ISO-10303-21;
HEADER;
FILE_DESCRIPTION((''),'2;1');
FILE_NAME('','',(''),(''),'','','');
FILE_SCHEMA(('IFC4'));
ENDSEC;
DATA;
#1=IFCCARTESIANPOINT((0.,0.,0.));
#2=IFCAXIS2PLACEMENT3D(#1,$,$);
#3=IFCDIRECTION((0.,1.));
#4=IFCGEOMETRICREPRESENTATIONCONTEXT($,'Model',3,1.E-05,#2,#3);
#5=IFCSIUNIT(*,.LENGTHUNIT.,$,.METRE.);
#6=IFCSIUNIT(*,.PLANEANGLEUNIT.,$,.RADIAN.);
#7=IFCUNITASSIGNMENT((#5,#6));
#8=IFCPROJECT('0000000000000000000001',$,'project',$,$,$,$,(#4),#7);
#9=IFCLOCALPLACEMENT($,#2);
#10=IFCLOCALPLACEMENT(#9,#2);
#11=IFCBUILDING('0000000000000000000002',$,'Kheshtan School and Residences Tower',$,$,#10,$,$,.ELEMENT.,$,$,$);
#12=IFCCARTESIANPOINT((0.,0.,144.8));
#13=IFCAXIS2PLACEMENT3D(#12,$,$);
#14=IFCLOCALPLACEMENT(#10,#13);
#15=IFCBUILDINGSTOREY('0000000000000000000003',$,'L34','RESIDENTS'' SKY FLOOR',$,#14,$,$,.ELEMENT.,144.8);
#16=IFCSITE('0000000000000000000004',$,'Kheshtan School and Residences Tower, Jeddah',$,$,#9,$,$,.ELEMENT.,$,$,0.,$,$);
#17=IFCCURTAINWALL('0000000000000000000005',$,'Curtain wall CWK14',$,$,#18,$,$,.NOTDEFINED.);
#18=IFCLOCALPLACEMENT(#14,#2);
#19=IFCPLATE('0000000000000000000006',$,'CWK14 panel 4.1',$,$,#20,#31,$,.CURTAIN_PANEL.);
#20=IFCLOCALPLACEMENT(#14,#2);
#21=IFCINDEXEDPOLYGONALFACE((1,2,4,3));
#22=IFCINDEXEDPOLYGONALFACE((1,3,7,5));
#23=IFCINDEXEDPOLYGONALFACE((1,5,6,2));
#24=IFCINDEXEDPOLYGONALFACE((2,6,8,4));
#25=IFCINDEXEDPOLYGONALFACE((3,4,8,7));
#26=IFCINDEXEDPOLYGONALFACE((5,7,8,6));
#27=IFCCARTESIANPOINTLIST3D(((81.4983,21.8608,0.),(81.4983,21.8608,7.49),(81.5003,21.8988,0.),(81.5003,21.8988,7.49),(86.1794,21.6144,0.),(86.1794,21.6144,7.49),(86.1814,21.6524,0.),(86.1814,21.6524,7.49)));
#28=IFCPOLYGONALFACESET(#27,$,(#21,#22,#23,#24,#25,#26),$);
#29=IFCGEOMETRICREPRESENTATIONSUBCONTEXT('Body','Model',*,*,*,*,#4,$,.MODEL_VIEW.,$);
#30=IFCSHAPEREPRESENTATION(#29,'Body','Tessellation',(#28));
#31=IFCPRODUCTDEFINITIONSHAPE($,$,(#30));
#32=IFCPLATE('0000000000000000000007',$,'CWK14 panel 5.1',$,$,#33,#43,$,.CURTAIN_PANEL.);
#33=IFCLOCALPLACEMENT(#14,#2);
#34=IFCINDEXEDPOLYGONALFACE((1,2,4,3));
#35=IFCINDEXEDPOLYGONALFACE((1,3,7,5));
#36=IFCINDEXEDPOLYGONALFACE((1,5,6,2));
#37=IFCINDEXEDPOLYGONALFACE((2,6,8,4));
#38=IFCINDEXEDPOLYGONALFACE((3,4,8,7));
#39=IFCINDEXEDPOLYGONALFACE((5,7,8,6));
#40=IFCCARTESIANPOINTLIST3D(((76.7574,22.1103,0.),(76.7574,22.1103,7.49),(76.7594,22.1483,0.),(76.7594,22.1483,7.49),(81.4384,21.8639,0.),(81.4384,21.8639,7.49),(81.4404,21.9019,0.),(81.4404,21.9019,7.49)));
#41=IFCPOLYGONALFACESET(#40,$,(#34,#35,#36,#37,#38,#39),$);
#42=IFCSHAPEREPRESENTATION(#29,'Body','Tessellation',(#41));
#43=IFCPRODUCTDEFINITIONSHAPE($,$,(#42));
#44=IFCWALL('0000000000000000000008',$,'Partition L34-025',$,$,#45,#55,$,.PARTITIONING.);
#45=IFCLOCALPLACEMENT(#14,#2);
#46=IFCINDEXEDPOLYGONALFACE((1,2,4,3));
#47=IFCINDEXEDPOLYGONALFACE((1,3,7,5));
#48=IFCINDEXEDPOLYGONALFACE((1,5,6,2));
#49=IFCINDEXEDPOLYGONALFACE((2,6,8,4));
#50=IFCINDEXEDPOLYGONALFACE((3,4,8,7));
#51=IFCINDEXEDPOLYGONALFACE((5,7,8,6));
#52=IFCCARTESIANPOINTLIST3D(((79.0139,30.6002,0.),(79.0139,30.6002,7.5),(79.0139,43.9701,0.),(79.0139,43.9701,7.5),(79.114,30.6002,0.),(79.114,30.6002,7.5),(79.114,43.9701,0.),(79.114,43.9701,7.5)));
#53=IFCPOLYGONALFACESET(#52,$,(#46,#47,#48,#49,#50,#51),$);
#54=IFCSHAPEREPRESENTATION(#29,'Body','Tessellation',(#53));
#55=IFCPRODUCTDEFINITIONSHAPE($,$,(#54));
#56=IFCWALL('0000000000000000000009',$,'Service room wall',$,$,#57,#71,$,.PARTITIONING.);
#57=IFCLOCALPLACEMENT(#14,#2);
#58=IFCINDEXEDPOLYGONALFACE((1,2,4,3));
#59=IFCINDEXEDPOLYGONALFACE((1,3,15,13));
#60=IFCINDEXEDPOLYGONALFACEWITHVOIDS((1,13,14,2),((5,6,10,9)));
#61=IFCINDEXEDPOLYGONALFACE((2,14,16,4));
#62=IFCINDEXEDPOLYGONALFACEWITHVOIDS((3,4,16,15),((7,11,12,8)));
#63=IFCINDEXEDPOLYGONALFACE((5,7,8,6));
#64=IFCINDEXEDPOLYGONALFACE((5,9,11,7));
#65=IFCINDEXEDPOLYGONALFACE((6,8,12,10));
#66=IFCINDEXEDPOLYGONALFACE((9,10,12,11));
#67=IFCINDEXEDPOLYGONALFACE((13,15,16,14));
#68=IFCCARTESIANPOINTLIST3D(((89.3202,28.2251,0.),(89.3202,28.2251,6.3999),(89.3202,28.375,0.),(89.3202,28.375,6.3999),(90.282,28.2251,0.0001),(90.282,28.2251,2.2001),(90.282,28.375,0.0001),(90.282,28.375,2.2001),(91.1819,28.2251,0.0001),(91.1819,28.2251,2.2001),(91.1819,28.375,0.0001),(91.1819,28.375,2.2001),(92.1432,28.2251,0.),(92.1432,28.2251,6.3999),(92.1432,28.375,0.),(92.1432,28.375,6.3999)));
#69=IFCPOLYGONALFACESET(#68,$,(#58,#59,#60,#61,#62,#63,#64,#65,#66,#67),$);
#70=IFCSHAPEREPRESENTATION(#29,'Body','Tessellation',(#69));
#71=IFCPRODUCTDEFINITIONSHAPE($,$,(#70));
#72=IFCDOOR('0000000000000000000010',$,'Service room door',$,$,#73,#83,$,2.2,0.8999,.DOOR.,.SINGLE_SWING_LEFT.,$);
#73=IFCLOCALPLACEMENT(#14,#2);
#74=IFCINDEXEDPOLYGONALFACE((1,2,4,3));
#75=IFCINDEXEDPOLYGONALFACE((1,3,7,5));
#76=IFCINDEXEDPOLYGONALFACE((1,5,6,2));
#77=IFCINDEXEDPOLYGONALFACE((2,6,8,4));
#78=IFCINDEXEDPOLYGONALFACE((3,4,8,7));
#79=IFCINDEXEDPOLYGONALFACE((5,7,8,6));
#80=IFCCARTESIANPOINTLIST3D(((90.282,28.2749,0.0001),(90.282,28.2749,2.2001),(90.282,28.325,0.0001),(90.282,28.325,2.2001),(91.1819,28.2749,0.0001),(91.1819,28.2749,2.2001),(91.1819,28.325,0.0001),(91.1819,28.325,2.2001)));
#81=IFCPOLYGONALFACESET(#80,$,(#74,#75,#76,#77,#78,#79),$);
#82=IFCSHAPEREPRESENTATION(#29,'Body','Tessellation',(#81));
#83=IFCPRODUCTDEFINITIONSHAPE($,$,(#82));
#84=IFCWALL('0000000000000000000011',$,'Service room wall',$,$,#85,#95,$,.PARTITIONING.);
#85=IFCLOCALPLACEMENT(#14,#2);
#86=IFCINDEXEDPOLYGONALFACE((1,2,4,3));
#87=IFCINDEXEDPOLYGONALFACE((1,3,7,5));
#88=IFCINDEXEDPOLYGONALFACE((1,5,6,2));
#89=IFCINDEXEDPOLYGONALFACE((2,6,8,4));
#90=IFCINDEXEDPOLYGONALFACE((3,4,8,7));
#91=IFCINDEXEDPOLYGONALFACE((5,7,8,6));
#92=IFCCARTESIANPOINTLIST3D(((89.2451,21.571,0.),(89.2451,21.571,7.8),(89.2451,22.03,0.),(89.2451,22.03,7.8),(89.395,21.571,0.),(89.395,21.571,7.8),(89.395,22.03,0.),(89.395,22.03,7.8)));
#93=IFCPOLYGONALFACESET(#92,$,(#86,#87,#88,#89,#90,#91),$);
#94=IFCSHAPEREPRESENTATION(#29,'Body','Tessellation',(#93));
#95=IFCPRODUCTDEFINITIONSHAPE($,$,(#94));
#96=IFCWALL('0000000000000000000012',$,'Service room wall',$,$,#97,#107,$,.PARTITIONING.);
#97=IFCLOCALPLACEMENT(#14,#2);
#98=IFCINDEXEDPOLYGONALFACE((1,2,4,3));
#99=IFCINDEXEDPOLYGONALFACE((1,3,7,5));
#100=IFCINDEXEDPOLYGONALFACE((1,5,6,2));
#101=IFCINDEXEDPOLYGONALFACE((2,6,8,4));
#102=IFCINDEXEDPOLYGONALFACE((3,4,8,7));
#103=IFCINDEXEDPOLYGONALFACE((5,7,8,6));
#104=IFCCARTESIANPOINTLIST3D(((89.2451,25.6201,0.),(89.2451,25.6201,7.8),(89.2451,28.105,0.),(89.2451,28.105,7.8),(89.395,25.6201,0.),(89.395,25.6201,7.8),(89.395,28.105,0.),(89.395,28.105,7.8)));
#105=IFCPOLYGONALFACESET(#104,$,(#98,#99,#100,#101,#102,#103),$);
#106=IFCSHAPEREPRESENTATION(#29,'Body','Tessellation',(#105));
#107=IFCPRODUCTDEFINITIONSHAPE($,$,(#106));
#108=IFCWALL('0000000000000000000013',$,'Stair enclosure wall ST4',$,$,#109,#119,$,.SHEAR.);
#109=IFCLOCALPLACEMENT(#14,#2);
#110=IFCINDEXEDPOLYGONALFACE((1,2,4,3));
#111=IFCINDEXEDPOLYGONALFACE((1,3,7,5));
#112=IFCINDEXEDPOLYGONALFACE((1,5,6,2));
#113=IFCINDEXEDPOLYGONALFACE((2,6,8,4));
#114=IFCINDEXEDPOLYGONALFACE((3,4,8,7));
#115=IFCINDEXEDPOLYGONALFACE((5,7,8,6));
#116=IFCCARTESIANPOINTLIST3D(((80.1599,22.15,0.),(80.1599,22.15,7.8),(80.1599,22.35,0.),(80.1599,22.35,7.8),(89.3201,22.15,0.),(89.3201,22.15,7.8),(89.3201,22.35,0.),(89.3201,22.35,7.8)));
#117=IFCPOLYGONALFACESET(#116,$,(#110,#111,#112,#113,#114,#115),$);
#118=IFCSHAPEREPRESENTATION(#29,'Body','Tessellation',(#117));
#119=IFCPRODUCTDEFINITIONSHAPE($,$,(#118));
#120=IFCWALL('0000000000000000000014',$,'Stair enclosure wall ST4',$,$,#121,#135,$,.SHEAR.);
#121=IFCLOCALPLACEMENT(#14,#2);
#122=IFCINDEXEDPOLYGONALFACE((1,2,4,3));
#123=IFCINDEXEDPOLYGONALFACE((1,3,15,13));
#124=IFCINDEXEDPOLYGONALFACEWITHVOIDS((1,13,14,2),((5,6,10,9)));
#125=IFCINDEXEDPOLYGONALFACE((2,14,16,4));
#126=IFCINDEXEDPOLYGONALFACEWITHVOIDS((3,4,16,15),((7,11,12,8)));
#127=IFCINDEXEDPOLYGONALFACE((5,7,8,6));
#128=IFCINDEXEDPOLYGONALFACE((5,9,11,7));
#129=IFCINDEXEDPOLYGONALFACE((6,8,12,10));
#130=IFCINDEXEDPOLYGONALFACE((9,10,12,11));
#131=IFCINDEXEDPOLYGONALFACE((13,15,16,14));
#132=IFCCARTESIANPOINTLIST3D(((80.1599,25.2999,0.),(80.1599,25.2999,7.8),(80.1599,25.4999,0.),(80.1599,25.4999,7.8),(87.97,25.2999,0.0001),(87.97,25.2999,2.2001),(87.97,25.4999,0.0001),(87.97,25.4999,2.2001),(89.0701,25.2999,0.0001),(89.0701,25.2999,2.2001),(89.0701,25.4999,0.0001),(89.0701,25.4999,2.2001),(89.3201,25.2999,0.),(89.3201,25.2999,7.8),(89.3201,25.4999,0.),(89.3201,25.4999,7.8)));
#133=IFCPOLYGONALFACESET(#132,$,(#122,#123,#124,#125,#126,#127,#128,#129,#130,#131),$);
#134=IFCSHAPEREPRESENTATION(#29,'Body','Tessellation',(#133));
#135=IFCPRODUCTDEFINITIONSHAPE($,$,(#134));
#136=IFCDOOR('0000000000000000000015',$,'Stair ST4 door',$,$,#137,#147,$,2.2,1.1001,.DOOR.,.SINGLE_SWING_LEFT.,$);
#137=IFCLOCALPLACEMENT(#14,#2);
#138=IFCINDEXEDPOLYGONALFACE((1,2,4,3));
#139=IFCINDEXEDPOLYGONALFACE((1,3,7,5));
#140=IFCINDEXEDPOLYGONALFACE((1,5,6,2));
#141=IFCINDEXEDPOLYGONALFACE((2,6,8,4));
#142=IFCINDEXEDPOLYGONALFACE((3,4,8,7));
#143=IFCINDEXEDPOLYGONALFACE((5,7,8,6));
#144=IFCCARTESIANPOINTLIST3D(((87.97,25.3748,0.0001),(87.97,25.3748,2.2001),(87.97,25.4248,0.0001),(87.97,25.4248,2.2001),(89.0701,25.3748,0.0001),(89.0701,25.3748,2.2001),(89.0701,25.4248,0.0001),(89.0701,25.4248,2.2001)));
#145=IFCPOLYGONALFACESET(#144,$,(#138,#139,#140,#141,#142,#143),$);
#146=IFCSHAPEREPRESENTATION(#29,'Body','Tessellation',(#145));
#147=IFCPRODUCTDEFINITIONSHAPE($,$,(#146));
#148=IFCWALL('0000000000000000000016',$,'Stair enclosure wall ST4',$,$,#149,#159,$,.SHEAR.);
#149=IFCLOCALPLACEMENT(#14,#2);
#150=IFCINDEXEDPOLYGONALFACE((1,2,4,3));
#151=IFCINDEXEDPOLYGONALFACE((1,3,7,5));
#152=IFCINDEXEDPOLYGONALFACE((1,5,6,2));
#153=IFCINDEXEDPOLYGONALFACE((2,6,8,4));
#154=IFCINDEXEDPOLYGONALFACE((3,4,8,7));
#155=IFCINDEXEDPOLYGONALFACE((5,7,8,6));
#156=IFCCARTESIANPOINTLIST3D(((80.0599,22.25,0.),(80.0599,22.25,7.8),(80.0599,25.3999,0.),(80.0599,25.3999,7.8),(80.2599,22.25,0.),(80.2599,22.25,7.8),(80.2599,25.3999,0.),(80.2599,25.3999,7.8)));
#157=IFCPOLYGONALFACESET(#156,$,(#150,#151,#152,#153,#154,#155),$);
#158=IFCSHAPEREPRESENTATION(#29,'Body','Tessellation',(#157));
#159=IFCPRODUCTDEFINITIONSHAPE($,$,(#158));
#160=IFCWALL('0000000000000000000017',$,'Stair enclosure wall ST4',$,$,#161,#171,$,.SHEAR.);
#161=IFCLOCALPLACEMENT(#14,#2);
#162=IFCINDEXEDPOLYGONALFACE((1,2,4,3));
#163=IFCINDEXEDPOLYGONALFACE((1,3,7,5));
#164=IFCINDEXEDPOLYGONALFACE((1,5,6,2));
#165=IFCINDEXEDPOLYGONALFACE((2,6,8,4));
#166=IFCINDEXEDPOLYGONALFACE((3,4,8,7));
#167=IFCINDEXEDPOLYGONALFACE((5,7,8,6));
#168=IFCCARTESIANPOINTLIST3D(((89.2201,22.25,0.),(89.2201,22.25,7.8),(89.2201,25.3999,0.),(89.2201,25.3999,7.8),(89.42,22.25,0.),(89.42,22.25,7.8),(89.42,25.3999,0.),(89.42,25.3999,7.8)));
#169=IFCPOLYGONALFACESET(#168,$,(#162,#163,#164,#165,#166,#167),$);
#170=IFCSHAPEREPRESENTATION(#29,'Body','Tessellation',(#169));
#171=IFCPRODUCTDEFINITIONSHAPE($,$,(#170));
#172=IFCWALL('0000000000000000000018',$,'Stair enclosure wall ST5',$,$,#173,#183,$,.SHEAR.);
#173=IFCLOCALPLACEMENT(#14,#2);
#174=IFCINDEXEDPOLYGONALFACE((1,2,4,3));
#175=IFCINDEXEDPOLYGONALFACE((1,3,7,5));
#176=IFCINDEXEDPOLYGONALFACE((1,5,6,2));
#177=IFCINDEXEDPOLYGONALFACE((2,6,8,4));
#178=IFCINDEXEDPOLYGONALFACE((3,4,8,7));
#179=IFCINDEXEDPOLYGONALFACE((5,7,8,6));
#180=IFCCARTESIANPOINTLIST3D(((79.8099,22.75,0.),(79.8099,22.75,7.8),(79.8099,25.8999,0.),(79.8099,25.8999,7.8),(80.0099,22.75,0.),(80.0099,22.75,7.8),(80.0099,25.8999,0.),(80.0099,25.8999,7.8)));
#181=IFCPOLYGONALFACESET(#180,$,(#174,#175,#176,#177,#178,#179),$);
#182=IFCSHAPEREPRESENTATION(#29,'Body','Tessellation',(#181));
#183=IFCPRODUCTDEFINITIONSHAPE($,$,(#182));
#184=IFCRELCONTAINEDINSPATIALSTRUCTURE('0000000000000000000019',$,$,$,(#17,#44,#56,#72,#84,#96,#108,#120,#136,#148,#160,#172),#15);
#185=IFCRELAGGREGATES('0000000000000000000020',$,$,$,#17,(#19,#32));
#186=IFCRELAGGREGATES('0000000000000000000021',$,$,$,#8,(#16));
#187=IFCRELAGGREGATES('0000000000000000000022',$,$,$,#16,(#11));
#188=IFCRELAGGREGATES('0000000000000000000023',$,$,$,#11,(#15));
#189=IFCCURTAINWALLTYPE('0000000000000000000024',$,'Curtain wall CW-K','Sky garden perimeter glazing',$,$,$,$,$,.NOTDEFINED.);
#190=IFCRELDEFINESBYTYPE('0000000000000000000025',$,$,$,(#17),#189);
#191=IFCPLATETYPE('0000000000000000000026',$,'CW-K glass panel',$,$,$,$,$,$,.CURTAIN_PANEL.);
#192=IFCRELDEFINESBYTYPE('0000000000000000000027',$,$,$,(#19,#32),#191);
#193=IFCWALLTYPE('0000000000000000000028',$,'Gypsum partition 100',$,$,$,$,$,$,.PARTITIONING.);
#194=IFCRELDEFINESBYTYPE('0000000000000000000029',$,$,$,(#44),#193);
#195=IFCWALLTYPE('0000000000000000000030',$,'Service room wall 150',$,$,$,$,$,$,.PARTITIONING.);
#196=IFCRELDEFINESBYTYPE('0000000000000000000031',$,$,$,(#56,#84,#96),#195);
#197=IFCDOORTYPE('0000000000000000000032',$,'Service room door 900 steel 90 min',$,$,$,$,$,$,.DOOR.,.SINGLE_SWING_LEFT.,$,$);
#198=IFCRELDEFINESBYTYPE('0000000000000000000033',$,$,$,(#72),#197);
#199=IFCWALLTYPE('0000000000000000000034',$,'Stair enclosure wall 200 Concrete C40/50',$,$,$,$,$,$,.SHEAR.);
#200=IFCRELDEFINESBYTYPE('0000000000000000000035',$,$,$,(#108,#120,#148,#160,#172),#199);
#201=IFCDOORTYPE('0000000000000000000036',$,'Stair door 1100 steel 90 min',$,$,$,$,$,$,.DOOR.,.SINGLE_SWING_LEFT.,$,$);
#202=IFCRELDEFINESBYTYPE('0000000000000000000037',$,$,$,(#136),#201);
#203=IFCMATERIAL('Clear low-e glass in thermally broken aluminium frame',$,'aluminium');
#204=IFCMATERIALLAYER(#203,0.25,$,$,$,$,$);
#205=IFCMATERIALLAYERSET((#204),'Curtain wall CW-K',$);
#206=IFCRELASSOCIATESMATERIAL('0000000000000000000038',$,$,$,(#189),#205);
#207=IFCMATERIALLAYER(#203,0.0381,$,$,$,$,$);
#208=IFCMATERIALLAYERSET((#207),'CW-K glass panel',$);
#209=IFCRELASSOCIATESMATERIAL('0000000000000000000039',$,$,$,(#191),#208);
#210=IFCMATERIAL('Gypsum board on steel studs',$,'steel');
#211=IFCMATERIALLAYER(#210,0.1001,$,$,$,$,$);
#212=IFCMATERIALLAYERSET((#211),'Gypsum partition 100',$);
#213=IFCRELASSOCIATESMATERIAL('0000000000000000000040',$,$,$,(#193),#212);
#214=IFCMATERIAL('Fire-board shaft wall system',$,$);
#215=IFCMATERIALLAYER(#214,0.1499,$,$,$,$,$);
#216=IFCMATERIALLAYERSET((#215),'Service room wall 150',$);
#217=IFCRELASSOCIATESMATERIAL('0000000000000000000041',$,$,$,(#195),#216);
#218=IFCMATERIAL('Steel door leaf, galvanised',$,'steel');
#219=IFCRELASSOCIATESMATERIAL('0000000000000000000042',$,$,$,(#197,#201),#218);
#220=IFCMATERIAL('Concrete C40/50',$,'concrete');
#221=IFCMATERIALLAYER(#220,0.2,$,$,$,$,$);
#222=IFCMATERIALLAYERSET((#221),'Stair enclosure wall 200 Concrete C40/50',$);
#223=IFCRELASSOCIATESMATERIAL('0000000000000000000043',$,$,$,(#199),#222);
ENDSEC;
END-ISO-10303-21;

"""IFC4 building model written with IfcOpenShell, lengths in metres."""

from ifc_helpers import new_model, si_unit, direction, frame, frame_2d, origin, origin_2d, place, context, subcontext, project, spatial, rectangle, extrude, source, transform, mapped, material, layer, layer_set, type_object, element, fill, aggregate, save


model = new_model("IFC4")

# Units and contexts
model_context = context("Model", 3, precision=1e-05, world=origin(), true_north=direction((0.0, 1.0)))
body_context = subcontext(model_context, "Body", "Model", "MODEL_VIEW")
ifc_project = project(units=[si_unit("LENGTHUNIT", "METRE"), si_unit("PLANEANGLEUNIT", "RADIAN")], contexts=[model_context])

# Site, building, storey
site_placement = place(None, origin())
site = spatial("IfcSite", under=ifc_project, at=site_placement, Name="Kheshtan School and Residences Tower, Jeddah", CompositionType="ELEMENT", RefElevation=0.0)
building_placement = place(site_placement, origin())
building = spatial("IfcBuilding", under=site, at=building_placement, Name="Kheshtan School and Residences Tower", CompositionType="ELEMENT")
storey_placement = place(building_placement, frame((0.0, 0.0, 144.8)))
storey = spatial("IfcBuildingStorey", under=building, at=storey_placement, Name="L34", Description="RESIDENTS' SKY FLOOR", CompositionType="ELEMENT", Elevation=144.8)

# Curtain wall, plates
ifc_material_1 = material(Name="Clear low-e glass in thermally broken aluminium frame", Category="aluminium")
ifc_layer_1 = layer(ifc_material_1, 0.25)
ifc_layer_set_1 = layer_set([ifc_layer_1], Name="Curtain wall CW-K")
curtain_wall_type = type_object("IfcCurtainWallType", Name="Curtain wall CW-K", Description="Sky garden perimeter glazing", PredefinedType="NOTDEFINED", material=ifc_layer_set_1)
curtain_wall_placement = place(storey_placement, origin())
curtain_wall = element("IfcCurtainWall", 1, at=curtain_wall_placement, inside=storey, type_object=curtain_wall_type, Name="Curtain wall CWK14", PredefinedType="NOTDEFINED")
ifc_layer_2 = layer(ifc_material_1, 0.0381)
ifc_layer_set_2 = layer_set([ifc_layer_2], Name="CW-K glass panel")
plate_type = type_object("IfcPlateType", Name="CW-K glass panel", PredefinedType="CURTAIN_PANEL", material=ifc_layer_set_2)
plate_1_placement = place(storey_placement, frame((83.8398, 21.7566, 0.0), z_axis=(0.0, 0.0, 1.0), x_axis=(-0.998617, 0.05257, 0.0)))
plate_1 = element("IfcPlate", 2, at=plate_1_placement, type_object=plate_type, Name="CWK14 panel 4.1", PredefinedType="CURTAIN_PANEL", context=body_context, shape_type="SweptSolid", body=[
    extrude(rectangle(XDim=4.6875, YDim=0.0381, at=origin_2d()), origin(), (0.0, 0.0, 1.0), 7.49),
])
plate_2_placement = place(storey_placement, frame((79.0989, 22.0061, 0.0), z_axis=(0.0, 0.0, 1.0), x_axis=(-0.998617, 0.05257, 0.0)))
plate_2 = element("IfcPlate", 3, at=plate_2_placement, type_object=plate_type, Name="CWK14 panel 5.1", PredefinedType="CURTAIN_PANEL", context=body_context, shape_type="SweptSolid", body=[
    extrude(rectangle(XDim=4.6875, YDim=0.0381, at=origin_2d()), origin(), (0.0, 0.0, 1.0), 7.49),
])
aggregate(curtain_wall, [plate_1, plate_2])

# Wall
ifc_material_2 = material(Name="Gypsum board on steel studs", Category="steel")
ifc_layer_3 = layer(ifc_material_2, 0.1001)
ifc_layer_set_3 = layer_set([ifc_layer_3], Name="Gypsum partition 100")
wall_type_1 = type_object("IfcWallType", Name="Gypsum partition 100", PredefinedType="PARTITIONING", material=ifc_layer_set_3)
wall_1_placement = place(storey_placement, frame((79.064, 30.6001, 0.0), z_axis=(0.0, 0.0, 1.0), x_axis=(0.0, 1.0, 0.0)))
element("IfcWall", 4, at=wall_1_placement, inside=storey, type_object=wall_type_1, Name="Partition L34-025", PredefinedType="PARTITIONING", context=body_context, shape_type="SweptSolid", body=[
    extrude(rectangle(XDim=13.3699, YDim=0.1001, at=frame_2d((6.6851, 0.0))), origin(), (0.0, 0.0, 1.0), 7.5),
])

# Wall, opening, door
ifc_material_3 = material(Name="Fire-board shaft wall system")
ifc_layer_4 = layer(ifc_material_3, 0.1499)
ifc_layer_set_4 = layer_set([ifc_layer_4], Name="Service room wall 150")
wall_type_2 = type_object("IfcWallType", Name="Service room wall 150", PredefinedType="PARTITIONING", material=ifc_layer_set_4)
wall_2_placement = place(storey_placement, frame((89.3201, 28.3, 0.0), z_axis=(0.0, 0.0, 1.0), x_axis=(1.0, 0.0, 0.0)))
wall_2 = element("IfcWall", 5, at=wall_2_placement, inside=storey, type_object=wall_type_2, Name="Service room wall", PredefinedType="PARTITIONING", context=body_context, shape_type="SweptSolid", body=[
    extrude(rectangle(XDim=2.823, YDim=0.1499, at=frame_2d((1.4116, 0.0))), origin(), (0.0, 0.0, 1.0), 6.3999),
])
opening_1_placement = place(wall_2_placement, frame((0.9619, 0.0, 0.0)))
opening_1 = element("IfcOpeningElement", 6, at=opening_1_placement, cuts=wall_2, PredefinedType="OPENING", context=body_context, shape_type="SweptSolid", body=[
    extrude(rectangle(XDim=0.8999, YDim=2.2, at=frame_2d((0.45, 1.1001))), frame((0.0, 0.085, 0.0), z_axis=(0.0, -1.0, 0.0), x_axis=(1.0, 0.0, 0.0)), (0.0, 0.0, 1.0), 0.1699),
])
ifc_material_4 = material(Name="Steel door leaf, galvanised", Category="steel")
door_type_1 = type_object("IfcDoorType", Name="Service room door 900 steel 90 min", OperationType="SINGLE_SWING_LEFT", PredefinedType="DOOR", material=ifc_material_4)
shared_shape_1 = source(origin(), body_context, "Body", "SweptSolid", [
    extrude(rectangle(XDim=0.8999, YDim=2.2, at=frame_2d((0.45, 1.1001))), frame((0.0, 0.0249, 0.0), z_axis=(0.0, -1.0, 0.0), x_axis=(1.0, 0.0, 0.0)), (0.0, 0.0, 1.0), 0.05),
])
door_1_placement = place(opening_1_placement, origin())
door_1 = element("IfcDoor", 7, at=door_1_placement, inside=storey, type_object=door_type_1, Name="Service room door", OperationType="SINGLE_SWING_LEFT", OverallHeight=2.2, OverallWidth=0.8999, PredefinedType="DOOR", context=body_context, shape_type="MappedRepresentation", body=[
    mapped(shared_shape_1, transform((0.0, 0.0, 0.0), x_axis=(1.0, 0.0, 0.0), y_axis=(0.0, 1.0, 0.0), z_axis=(0.0, 0.0, 1.0), scale=1.0)),
])
fill(opening_1, door_1)

# Walls
wall_3_placement = place(storey_placement, frame((89.3201, 21.571, 0.0), z_axis=(0.0, 0.0, 1.0), x_axis=(0.0, 1.0, 0.0)))
element("IfcWall", 8, at=wall_3_placement, inside=storey, type_object=wall_type_2, Name="Service room wall", PredefinedType="PARTITIONING", context=body_context, shape_type="SweptSolid", body=[
    extrude(rectangle(XDim=0.459, YDim=0.1499, at=frame_2d((0.2295, 0.0))), origin(), (0.0, 0.0, 1.0), 7.8),
])
wall_4_placement = place(storey_placement, frame((89.3201, 25.6201, 0.0), z_axis=(0.0, 0.0, 1.0), x_axis=(0.0, 1.0, 0.0)))
element("IfcWall", 9, at=wall_4_placement, inside=storey, type_object=wall_type_2, Name="Service room wall", PredefinedType="PARTITIONING", context=body_context, shape_type="SweptSolid", body=[
    extrude(rectangle(XDim=2.4849, YDim=0.1499, at=frame_2d((1.2424, 0.0))), origin(), (0.0, 0.0, 1.0), 7.8),
])
ifc_material_5 = material(Name="Concrete C40/50", Category="concrete")
ifc_layer_5 = layer(ifc_material_5, 0.2)
ifc_layer_set_5 = layer_set([ifc_layer_5], Name="Stair enclosure wall 200 Concrete C40/50")
wall_type_3 = type_object("IfcWallType", Name="Stair enclosure wall 200 Concrete C40/50", PredefinedType="SHEAR", material=ifc_layer_set_5)
wall_5_placement = place(storey_placement, frame((80.1599, 22.25, 0.0), z_axis=(0.0, 0.0, 1.0), x_axis=(1.0, 0.0, 0.0)))
element("IfcWall", 10, at=wall_5_placement, inside=storey, type_object=wall_type_3, Name="Stair enclosure wall ST4", PredefinedType="SHEAR", context=body_context, shape_type="SweptSolid", body=[
    extrude(rectangle(XDim=9.1602, YDim=0.2, at=frame_2d((4.5801, 0.0))), origin(), (0.0, 0.0, 1.0), 7.8),
])

# Wall, opening, door
wall_6_placement = place(storey_placement, frame((80.1599, 25.3999, 0.0), z_axis=(0.0, 0.0, 1.0), x_axis=(1.0, 0.0, 0.0)))
wall_6 = element("IfcWall", 11, at=wall_6_placement, inside=storey, type_object=wall_type_3, Name="Stair enclosure wall ST4", PredefinedType="SHEAR", context=body_context, shape_type="SweptSolid", body=[
    extrude(rectangle(XDim=9.1602, YDim=0.2, at=frame_2d((4.5801, 0.0))), origin(), (0.0, 0.0, 1.0), 7.8),
])
opening_2_placement = place(wall_6_placement, frame((7.8101, 0.0, 0.0)))
opening_2 = element("IfcOpeningElement", 12, at=opening_2_placement, cuts=wall_6, PredefinedType="OPENING", context=body_context, shape_type="SweptSolid", body=[
    extrude(rectangle(XDim=1.1001, YDim=2.2, at=frame_2d((0.55, 1.1001))), frame((0.0, 0.1099, 0.0), z_axis=(0.0, -1.0, 0.0), x_axis=(1.0, 0.0, 0.0)), (0.0, 0.0, 1.0), 0.22),
])
door_type_2 = type_object("IfcDoorType", Name="Stair door 1100 steel 90 min", OperationType="SINGLE_SWING_LEFT", PredefinedType="DOOR", material=ifc_material_4)
shared_shape_2 = source(origin(), body_context, "Body", "SweptSolid", [
    extrude(rectangle(XDim=1.1001, YDim=2.2, at=frame_2d((0.55, 1.1001))), frame((0.0, 0.0249, 0.0), z_axis=(0.0, -1.0, 0.0), x_axis=(1.0, 0.0, 0.0)), (0.0, 0.0, 1.0), 0.05),
])
door_2_placement = place(opening_2_placement, origin())
door_2 = element("IfcDoor", 13, at=door_2_placement, inside=storey, type_object=door_type_2, Name="Stair ST4 door", OperationType="SINGLE_SWING_LEFT", OverallHeight=2.2, OverallWidth=1.1001, PredefinedType="DOOR", context=body_context, shape_type="MappedRepresentation", body=[
    mapped(shared_shape_2, transform((0.0, 0.0, 0.0), x_axis=(1.0, 0.0, 0.0), y_axis=(0.0, 1.0, 0.0), z_axis=(0.0, 0.0, 1.0), scale=1.0)),
])
fill(opening_2, door_2)

# Walls
for number, where, z_axis, x_axis, name in (
    (14, (80.1599, 22.25, 0.0), (0.0, 0.0, 1.0), (0.0, 1.0, 0.0), "Stair enclosure wall ST4"),
    (15, (89.3201, 22.25, 0.0), (0.0, 0.0, 1.0), (0.0, 1.0, 0.0), "Stair enclosure wall ST4"),
    (16, (79.9099, 22.75, 0.0), (0.0, 0.0, 1.0), (0.0, 1.0, 0.0), "Stair enclosure wall ST5"),
):
    element("IfcWall", number, at=place(storey_placement, frame(where, z_axis=z_axis, x_axis=x_axis)), inside=storey, type_object=wall_type_3, Name=name, PredefinedType="SHEAR", context=body_context, shape_type="SweptSolid", body=[
        extrude(rectangle(XDim=3.1499, YDim=0.2, at=frame_2d((1.575, 0.0))), origin(), (0.0, 0.0, 1.0), 7.8),
    ])

save(model, "model.ifc")
